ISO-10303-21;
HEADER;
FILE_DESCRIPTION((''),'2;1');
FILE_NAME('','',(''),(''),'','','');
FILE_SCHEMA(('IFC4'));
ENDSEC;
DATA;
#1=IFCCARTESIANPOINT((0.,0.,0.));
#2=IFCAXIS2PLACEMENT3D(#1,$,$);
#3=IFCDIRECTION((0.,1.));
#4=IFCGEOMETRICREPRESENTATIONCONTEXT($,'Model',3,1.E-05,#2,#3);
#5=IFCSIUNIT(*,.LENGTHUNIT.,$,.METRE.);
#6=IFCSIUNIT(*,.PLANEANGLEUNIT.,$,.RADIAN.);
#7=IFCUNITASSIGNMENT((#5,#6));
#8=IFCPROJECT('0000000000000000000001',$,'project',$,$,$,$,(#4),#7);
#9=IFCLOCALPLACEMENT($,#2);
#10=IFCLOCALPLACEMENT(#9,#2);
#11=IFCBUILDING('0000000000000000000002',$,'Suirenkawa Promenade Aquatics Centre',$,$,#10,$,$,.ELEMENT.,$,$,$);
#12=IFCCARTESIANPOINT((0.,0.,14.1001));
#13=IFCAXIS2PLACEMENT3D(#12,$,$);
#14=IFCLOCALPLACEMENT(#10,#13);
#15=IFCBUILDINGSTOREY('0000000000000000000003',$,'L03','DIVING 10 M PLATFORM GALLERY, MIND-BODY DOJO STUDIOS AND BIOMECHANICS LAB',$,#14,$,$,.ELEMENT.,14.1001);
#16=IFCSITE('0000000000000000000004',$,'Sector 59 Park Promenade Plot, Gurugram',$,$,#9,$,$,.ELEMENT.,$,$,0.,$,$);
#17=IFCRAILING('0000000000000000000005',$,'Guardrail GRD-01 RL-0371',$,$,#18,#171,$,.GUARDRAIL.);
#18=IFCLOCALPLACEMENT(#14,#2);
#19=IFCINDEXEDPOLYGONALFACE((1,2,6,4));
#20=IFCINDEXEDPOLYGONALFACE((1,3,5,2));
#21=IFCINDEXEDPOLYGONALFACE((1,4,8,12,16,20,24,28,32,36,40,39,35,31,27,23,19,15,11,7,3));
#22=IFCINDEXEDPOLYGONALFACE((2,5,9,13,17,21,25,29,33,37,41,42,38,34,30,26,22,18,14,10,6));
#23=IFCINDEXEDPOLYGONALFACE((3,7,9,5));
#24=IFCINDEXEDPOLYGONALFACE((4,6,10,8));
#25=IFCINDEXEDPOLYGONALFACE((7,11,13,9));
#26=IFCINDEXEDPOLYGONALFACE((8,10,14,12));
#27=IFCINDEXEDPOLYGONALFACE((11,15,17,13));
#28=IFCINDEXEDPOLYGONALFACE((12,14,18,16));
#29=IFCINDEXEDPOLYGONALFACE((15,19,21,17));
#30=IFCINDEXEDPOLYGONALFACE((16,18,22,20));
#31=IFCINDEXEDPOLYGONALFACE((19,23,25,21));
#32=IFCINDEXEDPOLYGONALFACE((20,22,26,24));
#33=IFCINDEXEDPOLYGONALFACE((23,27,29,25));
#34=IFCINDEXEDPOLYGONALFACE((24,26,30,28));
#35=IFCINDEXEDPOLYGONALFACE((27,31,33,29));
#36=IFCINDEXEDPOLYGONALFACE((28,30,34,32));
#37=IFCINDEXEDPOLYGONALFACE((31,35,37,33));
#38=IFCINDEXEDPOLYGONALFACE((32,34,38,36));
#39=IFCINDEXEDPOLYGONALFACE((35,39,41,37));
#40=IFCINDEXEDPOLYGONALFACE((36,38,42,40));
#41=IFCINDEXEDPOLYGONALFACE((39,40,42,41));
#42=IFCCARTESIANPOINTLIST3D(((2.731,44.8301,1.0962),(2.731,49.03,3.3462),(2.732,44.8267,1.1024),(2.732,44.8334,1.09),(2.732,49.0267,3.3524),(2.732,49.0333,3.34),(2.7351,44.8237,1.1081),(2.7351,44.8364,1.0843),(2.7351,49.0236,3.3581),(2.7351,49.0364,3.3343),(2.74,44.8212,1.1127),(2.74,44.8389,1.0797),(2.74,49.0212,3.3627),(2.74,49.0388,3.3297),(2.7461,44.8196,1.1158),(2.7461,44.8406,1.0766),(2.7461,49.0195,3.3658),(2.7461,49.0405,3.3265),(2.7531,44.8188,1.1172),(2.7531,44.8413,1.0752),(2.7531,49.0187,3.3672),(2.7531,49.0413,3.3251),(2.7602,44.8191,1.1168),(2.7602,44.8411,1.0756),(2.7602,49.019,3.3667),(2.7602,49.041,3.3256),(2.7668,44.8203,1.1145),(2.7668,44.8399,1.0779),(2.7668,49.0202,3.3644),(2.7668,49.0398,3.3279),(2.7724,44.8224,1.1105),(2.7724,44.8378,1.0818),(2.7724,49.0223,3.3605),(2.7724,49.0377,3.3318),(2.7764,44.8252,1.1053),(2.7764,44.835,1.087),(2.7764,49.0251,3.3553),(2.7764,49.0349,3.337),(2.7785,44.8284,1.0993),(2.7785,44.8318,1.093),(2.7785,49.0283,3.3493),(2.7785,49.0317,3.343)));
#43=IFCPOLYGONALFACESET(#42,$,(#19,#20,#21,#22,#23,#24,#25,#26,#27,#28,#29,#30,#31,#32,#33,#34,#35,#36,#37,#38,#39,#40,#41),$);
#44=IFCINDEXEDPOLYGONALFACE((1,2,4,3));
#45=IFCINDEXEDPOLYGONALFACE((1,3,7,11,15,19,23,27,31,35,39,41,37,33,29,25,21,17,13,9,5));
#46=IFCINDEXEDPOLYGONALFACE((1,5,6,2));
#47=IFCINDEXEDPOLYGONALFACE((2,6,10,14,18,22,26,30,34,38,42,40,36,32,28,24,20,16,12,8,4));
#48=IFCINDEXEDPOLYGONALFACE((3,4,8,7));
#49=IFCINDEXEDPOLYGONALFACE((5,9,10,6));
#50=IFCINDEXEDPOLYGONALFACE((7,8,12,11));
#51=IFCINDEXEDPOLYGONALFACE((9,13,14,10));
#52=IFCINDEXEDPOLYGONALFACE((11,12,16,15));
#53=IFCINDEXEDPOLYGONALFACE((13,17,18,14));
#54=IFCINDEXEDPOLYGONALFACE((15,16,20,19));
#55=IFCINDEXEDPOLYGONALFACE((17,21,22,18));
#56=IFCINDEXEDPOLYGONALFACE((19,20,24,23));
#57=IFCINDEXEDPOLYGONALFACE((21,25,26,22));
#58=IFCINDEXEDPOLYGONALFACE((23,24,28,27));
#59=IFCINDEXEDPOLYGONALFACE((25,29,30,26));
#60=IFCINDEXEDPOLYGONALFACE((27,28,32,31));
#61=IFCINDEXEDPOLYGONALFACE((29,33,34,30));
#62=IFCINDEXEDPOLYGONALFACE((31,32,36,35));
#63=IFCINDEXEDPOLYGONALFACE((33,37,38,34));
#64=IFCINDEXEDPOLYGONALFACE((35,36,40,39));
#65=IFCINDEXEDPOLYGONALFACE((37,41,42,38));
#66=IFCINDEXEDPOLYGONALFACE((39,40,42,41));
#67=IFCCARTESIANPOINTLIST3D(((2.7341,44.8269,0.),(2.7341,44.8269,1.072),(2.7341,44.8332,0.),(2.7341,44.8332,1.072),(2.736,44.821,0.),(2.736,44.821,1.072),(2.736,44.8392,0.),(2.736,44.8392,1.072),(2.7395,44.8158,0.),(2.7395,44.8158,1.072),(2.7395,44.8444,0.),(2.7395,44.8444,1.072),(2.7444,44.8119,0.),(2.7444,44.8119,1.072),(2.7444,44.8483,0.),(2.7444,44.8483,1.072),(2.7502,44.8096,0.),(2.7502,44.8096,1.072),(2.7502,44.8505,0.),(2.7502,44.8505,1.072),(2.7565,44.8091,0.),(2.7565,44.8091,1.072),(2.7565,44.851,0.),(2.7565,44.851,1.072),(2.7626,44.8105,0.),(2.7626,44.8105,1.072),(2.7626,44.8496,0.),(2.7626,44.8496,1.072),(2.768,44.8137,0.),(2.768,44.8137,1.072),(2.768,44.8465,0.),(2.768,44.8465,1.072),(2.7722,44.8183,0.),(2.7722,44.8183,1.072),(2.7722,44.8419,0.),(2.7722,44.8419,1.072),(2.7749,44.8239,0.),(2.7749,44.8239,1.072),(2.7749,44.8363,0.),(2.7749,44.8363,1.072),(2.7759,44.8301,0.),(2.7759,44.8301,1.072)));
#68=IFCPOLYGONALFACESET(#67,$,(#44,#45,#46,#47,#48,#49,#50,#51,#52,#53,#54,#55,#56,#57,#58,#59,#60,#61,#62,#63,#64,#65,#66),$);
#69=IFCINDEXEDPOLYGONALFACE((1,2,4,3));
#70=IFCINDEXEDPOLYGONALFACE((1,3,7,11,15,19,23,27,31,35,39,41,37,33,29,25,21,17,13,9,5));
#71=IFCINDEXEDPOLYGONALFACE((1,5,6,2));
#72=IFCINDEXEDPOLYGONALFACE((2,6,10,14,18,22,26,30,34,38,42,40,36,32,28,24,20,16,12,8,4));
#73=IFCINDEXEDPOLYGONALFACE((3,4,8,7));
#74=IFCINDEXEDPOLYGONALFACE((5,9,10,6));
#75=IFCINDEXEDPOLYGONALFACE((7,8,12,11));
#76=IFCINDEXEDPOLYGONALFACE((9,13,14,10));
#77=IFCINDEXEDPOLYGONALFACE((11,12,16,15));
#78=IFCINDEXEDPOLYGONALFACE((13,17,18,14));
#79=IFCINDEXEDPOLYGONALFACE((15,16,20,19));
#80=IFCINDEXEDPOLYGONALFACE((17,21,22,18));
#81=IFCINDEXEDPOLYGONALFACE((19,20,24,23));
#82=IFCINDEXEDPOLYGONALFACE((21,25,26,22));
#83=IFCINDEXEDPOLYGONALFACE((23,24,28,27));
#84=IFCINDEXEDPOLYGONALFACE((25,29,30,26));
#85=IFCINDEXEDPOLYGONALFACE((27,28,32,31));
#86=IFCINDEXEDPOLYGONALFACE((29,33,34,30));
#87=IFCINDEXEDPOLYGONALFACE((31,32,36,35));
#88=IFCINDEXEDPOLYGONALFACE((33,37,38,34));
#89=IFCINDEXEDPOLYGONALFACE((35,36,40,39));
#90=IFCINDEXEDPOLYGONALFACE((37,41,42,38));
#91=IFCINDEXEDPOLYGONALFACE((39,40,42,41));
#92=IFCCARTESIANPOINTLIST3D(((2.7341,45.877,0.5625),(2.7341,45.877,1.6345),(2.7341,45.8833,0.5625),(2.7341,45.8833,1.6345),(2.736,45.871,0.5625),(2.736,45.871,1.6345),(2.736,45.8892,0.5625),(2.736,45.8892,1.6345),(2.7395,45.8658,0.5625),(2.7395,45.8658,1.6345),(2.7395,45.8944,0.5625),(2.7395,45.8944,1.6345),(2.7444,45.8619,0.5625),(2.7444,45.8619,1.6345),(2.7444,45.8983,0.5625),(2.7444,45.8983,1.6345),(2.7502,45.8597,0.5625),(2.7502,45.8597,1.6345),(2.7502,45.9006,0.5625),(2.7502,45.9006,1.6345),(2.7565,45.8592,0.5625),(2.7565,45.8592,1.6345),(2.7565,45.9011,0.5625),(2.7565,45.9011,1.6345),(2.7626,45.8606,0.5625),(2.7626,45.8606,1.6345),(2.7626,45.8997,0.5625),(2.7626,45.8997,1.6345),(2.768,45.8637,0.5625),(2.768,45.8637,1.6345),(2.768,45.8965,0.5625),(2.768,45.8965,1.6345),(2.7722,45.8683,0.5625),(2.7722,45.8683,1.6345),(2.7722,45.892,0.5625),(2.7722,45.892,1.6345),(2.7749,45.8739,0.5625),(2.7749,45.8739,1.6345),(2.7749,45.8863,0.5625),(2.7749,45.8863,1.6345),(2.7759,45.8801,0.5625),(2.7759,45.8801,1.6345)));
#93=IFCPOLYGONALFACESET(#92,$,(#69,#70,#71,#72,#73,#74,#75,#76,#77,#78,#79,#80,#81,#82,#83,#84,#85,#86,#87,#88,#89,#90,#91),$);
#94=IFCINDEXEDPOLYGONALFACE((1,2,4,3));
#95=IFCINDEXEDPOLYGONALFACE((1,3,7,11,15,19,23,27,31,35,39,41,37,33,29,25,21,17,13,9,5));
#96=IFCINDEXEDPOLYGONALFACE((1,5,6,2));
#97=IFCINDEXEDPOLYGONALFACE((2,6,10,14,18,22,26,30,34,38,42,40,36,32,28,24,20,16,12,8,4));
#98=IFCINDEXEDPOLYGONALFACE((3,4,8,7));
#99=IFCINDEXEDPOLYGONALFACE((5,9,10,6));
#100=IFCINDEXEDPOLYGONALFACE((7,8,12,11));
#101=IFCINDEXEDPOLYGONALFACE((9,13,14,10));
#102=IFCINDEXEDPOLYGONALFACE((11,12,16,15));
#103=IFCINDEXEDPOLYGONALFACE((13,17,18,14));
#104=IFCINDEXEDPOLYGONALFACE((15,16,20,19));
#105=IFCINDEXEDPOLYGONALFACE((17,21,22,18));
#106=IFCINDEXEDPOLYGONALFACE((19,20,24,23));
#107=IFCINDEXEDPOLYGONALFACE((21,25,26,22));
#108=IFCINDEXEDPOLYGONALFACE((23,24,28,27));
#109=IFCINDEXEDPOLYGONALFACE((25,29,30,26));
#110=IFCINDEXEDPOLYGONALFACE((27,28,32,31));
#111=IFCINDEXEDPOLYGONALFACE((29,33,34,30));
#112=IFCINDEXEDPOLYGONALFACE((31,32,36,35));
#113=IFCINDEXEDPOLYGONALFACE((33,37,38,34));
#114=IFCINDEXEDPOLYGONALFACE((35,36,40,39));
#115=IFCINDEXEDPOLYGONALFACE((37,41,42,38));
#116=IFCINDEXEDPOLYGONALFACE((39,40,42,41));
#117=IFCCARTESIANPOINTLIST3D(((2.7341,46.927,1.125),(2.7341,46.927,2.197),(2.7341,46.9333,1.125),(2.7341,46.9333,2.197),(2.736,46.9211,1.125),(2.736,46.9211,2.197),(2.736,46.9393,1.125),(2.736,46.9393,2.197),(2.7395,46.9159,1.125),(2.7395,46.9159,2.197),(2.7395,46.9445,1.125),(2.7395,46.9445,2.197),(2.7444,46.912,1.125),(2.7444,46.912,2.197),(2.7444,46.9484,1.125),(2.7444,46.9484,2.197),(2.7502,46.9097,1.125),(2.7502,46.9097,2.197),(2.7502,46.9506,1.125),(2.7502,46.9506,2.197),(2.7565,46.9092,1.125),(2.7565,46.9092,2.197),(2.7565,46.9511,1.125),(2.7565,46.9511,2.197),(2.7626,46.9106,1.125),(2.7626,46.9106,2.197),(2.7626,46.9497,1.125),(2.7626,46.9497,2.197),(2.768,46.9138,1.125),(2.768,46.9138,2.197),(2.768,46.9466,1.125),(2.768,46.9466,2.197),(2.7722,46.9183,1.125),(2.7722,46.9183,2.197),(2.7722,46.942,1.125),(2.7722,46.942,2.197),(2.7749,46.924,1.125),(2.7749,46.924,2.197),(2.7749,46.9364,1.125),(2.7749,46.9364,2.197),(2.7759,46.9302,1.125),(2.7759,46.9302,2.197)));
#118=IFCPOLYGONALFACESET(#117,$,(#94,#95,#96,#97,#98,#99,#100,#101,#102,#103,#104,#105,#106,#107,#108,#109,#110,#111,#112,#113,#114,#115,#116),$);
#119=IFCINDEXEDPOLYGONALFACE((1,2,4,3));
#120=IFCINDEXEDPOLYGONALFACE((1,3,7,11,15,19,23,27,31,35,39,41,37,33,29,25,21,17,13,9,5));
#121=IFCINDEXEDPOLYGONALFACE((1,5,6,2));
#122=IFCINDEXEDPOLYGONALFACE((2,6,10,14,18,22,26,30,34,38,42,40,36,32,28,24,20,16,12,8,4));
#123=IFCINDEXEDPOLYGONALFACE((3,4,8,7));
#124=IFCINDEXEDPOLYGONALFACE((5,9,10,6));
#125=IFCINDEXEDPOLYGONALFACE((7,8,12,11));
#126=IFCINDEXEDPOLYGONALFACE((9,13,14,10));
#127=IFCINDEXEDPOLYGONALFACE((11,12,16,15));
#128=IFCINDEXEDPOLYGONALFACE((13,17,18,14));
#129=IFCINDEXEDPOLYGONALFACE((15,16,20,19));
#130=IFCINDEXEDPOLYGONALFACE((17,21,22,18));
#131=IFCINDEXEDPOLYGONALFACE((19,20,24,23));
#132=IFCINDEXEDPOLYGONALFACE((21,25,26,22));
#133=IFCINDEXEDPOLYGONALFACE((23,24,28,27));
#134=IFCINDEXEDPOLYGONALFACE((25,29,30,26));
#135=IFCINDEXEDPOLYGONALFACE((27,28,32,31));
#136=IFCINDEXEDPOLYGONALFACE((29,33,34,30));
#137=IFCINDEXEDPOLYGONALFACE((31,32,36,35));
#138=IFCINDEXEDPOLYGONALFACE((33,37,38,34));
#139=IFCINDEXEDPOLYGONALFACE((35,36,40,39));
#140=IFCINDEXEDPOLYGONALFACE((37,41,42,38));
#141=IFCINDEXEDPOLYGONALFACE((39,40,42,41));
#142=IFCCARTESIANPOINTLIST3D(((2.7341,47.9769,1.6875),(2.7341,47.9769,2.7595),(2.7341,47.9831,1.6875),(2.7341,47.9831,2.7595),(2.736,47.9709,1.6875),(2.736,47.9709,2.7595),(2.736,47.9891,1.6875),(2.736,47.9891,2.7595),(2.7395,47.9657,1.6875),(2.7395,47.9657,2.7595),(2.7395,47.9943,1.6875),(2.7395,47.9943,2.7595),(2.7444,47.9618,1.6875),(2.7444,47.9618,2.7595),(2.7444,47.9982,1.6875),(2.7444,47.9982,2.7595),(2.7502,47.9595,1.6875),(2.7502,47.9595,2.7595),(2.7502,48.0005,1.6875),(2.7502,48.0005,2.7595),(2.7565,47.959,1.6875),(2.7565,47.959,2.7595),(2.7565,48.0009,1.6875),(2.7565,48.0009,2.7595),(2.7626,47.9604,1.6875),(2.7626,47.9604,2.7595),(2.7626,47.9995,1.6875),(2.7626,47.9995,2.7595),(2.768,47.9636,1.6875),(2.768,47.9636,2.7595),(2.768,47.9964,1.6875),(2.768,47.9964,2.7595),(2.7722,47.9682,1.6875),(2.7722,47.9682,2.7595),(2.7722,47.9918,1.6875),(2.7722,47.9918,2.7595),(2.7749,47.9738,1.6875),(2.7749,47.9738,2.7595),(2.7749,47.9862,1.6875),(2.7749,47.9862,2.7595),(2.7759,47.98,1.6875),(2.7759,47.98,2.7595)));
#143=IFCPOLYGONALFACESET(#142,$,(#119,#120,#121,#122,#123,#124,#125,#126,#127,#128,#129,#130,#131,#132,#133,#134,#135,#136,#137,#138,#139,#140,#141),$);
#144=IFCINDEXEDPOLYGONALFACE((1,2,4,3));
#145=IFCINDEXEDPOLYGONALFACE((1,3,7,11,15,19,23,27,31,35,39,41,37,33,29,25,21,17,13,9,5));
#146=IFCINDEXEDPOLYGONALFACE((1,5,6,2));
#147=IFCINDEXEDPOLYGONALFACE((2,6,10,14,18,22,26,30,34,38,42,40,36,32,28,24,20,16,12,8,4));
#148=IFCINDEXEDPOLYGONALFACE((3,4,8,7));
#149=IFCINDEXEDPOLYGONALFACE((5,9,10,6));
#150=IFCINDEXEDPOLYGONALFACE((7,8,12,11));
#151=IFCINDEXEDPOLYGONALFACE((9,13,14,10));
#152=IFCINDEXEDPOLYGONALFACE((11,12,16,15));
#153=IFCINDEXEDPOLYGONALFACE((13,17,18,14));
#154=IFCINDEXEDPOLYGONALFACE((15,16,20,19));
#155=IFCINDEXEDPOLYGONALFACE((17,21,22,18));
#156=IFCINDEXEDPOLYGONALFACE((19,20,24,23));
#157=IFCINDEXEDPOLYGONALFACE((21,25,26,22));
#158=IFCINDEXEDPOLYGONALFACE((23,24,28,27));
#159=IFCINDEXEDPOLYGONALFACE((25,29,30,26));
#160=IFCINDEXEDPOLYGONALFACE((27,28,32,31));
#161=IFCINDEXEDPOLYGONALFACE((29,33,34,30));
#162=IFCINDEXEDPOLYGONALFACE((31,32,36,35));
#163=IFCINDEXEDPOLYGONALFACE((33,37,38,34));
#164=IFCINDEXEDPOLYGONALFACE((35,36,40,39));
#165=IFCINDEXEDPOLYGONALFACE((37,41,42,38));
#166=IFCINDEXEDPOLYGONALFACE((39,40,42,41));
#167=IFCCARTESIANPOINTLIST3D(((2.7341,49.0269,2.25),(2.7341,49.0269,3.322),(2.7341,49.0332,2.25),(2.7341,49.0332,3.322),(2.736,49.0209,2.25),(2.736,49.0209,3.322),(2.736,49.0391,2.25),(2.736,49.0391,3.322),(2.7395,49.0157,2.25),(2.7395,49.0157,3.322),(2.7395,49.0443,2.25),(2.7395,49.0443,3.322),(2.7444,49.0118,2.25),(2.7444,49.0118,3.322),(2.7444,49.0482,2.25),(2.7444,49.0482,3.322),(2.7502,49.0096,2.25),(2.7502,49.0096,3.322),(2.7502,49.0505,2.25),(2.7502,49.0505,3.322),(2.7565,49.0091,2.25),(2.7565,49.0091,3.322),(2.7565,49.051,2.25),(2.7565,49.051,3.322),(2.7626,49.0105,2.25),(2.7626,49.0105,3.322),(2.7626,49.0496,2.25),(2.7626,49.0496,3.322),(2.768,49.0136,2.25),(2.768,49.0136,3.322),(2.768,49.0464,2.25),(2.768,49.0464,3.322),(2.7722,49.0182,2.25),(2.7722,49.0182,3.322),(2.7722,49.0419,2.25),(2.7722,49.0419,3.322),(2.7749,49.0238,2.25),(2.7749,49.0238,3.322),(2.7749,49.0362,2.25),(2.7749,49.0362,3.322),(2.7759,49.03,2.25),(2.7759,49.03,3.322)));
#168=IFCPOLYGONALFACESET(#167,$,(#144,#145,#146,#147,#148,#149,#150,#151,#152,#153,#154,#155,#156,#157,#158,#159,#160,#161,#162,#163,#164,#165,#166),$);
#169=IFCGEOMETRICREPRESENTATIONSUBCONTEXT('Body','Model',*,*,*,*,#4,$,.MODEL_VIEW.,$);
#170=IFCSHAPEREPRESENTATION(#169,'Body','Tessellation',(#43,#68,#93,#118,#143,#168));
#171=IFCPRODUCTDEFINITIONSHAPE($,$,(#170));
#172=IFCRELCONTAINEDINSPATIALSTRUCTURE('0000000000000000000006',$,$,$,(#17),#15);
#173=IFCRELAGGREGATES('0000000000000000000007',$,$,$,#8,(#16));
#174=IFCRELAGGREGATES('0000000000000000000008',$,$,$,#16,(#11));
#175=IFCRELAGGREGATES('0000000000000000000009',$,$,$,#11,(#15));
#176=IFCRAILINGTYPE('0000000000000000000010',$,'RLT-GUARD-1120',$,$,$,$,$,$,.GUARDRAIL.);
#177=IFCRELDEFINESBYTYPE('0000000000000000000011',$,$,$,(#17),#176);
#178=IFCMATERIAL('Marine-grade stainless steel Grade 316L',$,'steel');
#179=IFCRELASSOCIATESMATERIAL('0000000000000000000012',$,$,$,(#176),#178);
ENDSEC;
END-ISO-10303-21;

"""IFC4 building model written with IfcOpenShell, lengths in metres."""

from ifc_helpers import new_model, si_unit, direction, frame, origin, origin_2d, place, context, subcontext, project, spatial, circle, extrude, material, type_object, element, save


model = new_model("IFC4")

# Units and contexts
model_context = context("Model", 3, precision=1e-05, world=origin(), true_north=direction((0.0, 1.0)))
body_context = subcontext(model_context, "Body", "Model", "MODEL_VIEW")
ifc_project = project(units=[si_unit("LENGTHUNIT", "METRE"), si_unit("PLANEANGLEUNIT", "RADIAN")], contexts=[model_context])

# Site, building, storey
site_placement = place(None, origin())
site = spatial("IfcSite", under=ifc_project, at=site_placement, Name="Sector 59 Park Promenade Plot, Gurugram", CompositionType="ELEMENT", RefElevation=0.0)
building_placement = place(site_placement, origin())
building = spatial("IfcBuilding", under=site, at=building_placement, Name="Suirenkawa Promenade Aquatics Centre", CompositionType="ELEMENT")
storey_placement = place(building_placement, frame((0.0, 0.0, 14.1001)))
storey = spatial("IfcBuildingStorey", under=building, at=storey_placement, Name="L03", Description="DIVING 10 M PLATFORM GALLERY, MIND-BODY DOJO STUDIOS AND BIOMECHANICS LAB", CompositionType="ELEMENT", Elevation=14.1001)

# Railing
ifc_material_1 = material(Name="Marine-grade stainless steel Grade 316L", Category="steel")
railing_type_1 = type_object("IfcRailingType", Name="RLT-GUARD-1120", PredefinedType="GUARDRAIL", material=ifc_material_1)
for number, where, name in (
    (1, (2.7549, 44.8301, 0.0), "Guardrail GRD-01 RL-0371"),
):
    element("IfcRailing", number, at=place(storey_placement, frame(where)), inside=storey, type_object=railing_type_1, Name=name, PredefinedType="GUARDRAIL", context=body_context, shape_type="SweptSolid", body=[
        extrude(circle(Radius=0.0239, at=origin_2d()), frame((0.0, 0.0, 1.0962), z_axis=(0.0, 0.881478, 0.472226), x_axis=(-1.0, 0.0, 0.0)), (0.0, 0.0, 1.0), 4.7646),
        extrude(circle(Radius=0.021, at=origin_2d()), origin(), (0.0, 0.0, 1.0), 1.072),
        extrude(circle(Radius=0.021, at=origin_2d()), frame((0.0, 1.05, 0.5625)), (0.0, 0.0, 1.0), 1.072),
        extrude(circle(Radius=0.021, at=origin_2d()), frame((0.0, 2.1001, 1.125)), (0.0, 0.0, 1.0), 1.072),
        extrude(circle(Radius=0.021, at=origin_2d()), frame((0.0, 3.1499, 1.6875)), (0.0, 0.0, 1.0), 1.072),
        extrude(circle(Radius=0.021, at=origin_2d()), frame((0.0, 4.2, 2.25)), (0.0, 0.0, 1.0), 1.072),
    ])

save(model, "model.ifc")
